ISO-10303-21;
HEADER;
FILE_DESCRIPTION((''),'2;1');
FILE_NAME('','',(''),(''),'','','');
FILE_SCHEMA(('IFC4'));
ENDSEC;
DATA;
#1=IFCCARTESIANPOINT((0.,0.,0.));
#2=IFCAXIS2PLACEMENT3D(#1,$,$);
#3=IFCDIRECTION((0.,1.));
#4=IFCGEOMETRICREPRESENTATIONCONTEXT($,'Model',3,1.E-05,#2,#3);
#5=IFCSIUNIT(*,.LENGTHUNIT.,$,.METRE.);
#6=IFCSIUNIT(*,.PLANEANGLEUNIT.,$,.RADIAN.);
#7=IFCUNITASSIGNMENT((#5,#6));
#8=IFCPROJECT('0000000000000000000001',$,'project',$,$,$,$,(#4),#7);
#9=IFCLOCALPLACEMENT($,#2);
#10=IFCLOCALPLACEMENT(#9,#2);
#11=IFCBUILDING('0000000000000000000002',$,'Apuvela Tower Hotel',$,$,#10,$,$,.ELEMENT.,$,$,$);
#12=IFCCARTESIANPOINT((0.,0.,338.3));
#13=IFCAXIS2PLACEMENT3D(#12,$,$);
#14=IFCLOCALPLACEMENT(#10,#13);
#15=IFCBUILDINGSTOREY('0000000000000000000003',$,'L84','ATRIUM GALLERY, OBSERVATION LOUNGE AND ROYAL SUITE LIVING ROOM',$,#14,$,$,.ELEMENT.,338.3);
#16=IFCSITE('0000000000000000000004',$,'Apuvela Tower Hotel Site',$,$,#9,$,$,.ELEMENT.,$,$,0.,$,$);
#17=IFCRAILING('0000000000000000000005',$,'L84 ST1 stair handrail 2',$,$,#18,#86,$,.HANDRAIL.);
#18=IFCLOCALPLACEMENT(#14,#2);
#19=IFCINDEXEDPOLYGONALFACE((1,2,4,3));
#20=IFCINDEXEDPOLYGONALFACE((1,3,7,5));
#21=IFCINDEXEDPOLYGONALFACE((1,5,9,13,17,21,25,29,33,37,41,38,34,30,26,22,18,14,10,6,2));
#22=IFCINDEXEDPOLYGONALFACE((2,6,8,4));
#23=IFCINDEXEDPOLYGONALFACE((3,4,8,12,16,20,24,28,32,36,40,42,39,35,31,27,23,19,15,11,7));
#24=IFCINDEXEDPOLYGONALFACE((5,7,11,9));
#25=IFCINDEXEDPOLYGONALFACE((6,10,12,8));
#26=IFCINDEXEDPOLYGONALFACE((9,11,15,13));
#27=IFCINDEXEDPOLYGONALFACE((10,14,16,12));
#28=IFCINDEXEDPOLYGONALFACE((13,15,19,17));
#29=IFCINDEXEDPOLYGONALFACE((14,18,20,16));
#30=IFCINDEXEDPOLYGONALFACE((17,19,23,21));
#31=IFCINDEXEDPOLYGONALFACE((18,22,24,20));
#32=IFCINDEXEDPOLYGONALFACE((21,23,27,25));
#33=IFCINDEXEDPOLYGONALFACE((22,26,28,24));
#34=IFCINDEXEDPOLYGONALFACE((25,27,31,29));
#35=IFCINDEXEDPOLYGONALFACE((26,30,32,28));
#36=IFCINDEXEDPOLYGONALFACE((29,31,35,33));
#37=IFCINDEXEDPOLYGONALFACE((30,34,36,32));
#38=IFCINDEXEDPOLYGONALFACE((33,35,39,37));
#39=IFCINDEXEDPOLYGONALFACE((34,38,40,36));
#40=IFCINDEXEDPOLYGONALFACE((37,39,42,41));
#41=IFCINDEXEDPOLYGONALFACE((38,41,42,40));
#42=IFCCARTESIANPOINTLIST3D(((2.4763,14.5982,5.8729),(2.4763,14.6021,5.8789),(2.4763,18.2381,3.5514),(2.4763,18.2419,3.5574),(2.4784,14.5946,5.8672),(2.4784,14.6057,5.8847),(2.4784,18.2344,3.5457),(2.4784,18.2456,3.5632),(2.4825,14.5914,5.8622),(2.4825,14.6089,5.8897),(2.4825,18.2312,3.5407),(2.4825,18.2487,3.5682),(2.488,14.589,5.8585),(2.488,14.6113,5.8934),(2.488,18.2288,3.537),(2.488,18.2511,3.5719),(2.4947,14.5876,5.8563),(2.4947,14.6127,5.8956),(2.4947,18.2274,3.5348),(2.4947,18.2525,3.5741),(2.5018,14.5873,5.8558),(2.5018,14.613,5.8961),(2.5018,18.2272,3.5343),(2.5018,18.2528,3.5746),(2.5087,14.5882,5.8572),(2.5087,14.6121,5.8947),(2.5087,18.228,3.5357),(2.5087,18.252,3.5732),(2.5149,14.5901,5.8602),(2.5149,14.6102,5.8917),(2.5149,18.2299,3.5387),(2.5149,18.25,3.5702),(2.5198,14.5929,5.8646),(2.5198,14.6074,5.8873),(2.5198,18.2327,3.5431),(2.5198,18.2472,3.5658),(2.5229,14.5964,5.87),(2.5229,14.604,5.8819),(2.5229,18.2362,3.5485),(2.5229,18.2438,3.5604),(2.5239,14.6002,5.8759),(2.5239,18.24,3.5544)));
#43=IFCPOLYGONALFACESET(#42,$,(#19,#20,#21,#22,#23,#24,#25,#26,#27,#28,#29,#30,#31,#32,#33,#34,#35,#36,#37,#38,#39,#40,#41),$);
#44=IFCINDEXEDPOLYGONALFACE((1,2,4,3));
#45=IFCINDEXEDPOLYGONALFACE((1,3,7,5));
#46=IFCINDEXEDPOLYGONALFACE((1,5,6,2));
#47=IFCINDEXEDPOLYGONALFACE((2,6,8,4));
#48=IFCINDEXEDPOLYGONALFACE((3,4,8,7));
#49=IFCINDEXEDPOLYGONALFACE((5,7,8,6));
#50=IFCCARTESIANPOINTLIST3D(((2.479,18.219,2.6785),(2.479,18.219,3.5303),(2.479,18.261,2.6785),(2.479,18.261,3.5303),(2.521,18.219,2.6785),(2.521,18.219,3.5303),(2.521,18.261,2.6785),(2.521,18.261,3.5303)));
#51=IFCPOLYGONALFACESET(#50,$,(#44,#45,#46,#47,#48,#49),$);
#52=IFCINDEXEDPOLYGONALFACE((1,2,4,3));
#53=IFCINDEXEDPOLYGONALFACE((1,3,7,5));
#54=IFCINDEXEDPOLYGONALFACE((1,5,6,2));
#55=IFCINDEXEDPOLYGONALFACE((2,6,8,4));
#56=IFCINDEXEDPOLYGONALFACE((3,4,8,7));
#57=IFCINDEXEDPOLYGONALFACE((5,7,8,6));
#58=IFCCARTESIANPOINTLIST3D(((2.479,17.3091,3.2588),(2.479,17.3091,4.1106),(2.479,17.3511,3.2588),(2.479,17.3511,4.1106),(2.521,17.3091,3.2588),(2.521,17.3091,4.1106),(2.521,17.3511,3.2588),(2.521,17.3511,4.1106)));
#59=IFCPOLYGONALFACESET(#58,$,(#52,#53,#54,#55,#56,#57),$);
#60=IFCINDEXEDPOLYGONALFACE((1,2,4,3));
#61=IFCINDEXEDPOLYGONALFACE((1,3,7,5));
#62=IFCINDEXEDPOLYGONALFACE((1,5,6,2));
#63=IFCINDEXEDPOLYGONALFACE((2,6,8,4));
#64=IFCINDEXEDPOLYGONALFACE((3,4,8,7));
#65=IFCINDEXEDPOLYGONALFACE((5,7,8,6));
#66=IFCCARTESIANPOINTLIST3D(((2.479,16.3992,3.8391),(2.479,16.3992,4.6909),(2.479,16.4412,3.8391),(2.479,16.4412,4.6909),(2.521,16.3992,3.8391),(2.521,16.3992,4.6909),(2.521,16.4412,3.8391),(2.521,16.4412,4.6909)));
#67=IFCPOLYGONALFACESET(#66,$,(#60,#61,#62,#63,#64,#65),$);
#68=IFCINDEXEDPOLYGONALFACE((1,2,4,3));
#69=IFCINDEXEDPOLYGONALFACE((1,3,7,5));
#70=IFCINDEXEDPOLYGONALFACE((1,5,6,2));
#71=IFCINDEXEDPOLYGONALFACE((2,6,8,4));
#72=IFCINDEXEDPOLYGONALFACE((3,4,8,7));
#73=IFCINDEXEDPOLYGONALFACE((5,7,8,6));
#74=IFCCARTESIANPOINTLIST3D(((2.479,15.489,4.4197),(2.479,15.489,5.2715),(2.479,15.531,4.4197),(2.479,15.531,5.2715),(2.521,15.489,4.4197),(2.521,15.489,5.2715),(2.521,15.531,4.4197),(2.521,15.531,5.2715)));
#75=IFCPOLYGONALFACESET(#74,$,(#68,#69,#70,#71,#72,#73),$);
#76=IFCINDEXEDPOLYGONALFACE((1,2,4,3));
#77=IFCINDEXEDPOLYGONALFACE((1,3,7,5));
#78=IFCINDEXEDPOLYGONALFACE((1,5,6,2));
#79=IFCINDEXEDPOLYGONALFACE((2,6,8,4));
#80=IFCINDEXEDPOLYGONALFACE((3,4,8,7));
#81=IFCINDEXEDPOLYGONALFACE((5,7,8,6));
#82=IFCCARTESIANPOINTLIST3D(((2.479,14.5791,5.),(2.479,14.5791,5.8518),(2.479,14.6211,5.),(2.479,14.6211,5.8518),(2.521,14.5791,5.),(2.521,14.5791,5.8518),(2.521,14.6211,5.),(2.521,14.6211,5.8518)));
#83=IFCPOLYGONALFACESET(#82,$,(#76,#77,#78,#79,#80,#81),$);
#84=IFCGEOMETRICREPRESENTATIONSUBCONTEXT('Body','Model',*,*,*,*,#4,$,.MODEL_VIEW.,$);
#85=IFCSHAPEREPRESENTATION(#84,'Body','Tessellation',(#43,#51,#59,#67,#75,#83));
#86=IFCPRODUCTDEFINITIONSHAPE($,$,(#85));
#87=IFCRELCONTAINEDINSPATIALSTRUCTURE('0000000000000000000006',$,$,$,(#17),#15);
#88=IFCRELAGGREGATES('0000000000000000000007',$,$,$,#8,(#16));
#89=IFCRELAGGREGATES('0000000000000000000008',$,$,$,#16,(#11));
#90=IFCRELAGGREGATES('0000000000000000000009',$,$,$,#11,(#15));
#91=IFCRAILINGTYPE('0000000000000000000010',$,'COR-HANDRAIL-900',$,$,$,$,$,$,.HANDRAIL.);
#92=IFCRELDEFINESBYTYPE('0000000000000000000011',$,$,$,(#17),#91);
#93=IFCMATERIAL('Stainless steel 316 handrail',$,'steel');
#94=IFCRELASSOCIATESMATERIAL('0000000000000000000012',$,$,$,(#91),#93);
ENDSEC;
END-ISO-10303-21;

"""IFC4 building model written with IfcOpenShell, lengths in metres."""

from ifc_helpers import new_model, si_unit, direction, frame, origin, origin_2d, place, context, subcontext, project, spatial, rectangle, circle, extrude, material, type_object, element, save


model = new_model("IFC4")

# Units and contexts
model_context = context("Model", 3, precision=1e-05, world=origin(), true_north=direction((0.0, 1.0)))
body_context = subcontext(model_context, "Body", "Model", "MODEL_VIEW")
ifc_project = project(units=[si_unit("LENGTHUNIT", "METRE"), si_unit("PLANEANGLEUNIT", "RADIAN")], contexts=[model_context])

# Site, building, storey
site_placement = place(None, origin())
site = spatial("IfcSite", under=ifc_project, at=site_placement, Name="Apuvela Tower Hotel Site", CompositionType="ELEMENT", RefElevation=0.0)
building_placement = place(site_placement, origin())
building = spatial("IfcBuilding", under=site, at=building_placement, Name="Apuvela Tower Hotel", CompositionType="ELEMENT")
storey_placement = place(building_placement, frame((0.0, 0.0, 338.3)))
storey = spatial("IfcBuildingStorey", under=building, at=storey_placement, Name="L84", Description="ATRIUM GALLERY, OBSERVATION LOUNGE AND ROYAL SUITE LIVING ROOM", CompositionType="ELEMENT", Elevation=338.3)

# Railing
ifc_material_1 = material(Name="Stainless steel 316 handrail", Category="steel")
railing_type_1 = type_object("IfcRailingType", Name="COR-HANDRAIL-900", PredefinedType="HANDRAIL", material=ifc_material_1)
railing_1_placement = place(storey_placement, frame((2.5, 18.24, 2.6785)))
element("IfcRailing", 1, at=railing_1_placement, inside=storey, type_object=railing_type_1, Name="L84 ST1 stair handrail 2", PredefinedType="HANDRAIL", context=body_context, shape_type="SweptSolid", body=[
    extrude(circle(Radius=0.0239, at=origin_2d()), frame((0.0, 0.0, 0.876), z_axis=(0.0, -0.843112, 0.537739), x_axis=(1.0, 0.0, 0.0)), (0.0, 0.0, 1.0), 4.3171),
    extrude(rectangle(XDim=0.042, YDim=0.042, at=origin_2d()), origin(), (0.0, 0.0, 1.0), 0.8518),
    extrude(rectangle(XDim=0.042, YDim=0.042, at=origin_2d()), frame((0.0, -0.9099, 0.5803)), (0.0, 0.0, 1.0), 0.8518),
    extrude(rectangle(XDim=0.042, YDim=0.042, at=origin_2d()), frame((0.0, -1.8198, 1.1606)), (0.0, 0.0, 1.0), 0.8518),
    extrude(rectangle(XDim=0.042, YDim=0.042, at=origin_2d()), frame((0.0, -2.73, 1.7412)), (0.0, 0.0, 1.0), 0.8518),
    extrude(rectangle(XDim=0.042, YDim=0.042, at=origin_2d()), frame((0.0, -3.6399, 2.3215)), (0.0, 0.0, 1.0), 0.8518),
])

save(model, "model.ifc")
